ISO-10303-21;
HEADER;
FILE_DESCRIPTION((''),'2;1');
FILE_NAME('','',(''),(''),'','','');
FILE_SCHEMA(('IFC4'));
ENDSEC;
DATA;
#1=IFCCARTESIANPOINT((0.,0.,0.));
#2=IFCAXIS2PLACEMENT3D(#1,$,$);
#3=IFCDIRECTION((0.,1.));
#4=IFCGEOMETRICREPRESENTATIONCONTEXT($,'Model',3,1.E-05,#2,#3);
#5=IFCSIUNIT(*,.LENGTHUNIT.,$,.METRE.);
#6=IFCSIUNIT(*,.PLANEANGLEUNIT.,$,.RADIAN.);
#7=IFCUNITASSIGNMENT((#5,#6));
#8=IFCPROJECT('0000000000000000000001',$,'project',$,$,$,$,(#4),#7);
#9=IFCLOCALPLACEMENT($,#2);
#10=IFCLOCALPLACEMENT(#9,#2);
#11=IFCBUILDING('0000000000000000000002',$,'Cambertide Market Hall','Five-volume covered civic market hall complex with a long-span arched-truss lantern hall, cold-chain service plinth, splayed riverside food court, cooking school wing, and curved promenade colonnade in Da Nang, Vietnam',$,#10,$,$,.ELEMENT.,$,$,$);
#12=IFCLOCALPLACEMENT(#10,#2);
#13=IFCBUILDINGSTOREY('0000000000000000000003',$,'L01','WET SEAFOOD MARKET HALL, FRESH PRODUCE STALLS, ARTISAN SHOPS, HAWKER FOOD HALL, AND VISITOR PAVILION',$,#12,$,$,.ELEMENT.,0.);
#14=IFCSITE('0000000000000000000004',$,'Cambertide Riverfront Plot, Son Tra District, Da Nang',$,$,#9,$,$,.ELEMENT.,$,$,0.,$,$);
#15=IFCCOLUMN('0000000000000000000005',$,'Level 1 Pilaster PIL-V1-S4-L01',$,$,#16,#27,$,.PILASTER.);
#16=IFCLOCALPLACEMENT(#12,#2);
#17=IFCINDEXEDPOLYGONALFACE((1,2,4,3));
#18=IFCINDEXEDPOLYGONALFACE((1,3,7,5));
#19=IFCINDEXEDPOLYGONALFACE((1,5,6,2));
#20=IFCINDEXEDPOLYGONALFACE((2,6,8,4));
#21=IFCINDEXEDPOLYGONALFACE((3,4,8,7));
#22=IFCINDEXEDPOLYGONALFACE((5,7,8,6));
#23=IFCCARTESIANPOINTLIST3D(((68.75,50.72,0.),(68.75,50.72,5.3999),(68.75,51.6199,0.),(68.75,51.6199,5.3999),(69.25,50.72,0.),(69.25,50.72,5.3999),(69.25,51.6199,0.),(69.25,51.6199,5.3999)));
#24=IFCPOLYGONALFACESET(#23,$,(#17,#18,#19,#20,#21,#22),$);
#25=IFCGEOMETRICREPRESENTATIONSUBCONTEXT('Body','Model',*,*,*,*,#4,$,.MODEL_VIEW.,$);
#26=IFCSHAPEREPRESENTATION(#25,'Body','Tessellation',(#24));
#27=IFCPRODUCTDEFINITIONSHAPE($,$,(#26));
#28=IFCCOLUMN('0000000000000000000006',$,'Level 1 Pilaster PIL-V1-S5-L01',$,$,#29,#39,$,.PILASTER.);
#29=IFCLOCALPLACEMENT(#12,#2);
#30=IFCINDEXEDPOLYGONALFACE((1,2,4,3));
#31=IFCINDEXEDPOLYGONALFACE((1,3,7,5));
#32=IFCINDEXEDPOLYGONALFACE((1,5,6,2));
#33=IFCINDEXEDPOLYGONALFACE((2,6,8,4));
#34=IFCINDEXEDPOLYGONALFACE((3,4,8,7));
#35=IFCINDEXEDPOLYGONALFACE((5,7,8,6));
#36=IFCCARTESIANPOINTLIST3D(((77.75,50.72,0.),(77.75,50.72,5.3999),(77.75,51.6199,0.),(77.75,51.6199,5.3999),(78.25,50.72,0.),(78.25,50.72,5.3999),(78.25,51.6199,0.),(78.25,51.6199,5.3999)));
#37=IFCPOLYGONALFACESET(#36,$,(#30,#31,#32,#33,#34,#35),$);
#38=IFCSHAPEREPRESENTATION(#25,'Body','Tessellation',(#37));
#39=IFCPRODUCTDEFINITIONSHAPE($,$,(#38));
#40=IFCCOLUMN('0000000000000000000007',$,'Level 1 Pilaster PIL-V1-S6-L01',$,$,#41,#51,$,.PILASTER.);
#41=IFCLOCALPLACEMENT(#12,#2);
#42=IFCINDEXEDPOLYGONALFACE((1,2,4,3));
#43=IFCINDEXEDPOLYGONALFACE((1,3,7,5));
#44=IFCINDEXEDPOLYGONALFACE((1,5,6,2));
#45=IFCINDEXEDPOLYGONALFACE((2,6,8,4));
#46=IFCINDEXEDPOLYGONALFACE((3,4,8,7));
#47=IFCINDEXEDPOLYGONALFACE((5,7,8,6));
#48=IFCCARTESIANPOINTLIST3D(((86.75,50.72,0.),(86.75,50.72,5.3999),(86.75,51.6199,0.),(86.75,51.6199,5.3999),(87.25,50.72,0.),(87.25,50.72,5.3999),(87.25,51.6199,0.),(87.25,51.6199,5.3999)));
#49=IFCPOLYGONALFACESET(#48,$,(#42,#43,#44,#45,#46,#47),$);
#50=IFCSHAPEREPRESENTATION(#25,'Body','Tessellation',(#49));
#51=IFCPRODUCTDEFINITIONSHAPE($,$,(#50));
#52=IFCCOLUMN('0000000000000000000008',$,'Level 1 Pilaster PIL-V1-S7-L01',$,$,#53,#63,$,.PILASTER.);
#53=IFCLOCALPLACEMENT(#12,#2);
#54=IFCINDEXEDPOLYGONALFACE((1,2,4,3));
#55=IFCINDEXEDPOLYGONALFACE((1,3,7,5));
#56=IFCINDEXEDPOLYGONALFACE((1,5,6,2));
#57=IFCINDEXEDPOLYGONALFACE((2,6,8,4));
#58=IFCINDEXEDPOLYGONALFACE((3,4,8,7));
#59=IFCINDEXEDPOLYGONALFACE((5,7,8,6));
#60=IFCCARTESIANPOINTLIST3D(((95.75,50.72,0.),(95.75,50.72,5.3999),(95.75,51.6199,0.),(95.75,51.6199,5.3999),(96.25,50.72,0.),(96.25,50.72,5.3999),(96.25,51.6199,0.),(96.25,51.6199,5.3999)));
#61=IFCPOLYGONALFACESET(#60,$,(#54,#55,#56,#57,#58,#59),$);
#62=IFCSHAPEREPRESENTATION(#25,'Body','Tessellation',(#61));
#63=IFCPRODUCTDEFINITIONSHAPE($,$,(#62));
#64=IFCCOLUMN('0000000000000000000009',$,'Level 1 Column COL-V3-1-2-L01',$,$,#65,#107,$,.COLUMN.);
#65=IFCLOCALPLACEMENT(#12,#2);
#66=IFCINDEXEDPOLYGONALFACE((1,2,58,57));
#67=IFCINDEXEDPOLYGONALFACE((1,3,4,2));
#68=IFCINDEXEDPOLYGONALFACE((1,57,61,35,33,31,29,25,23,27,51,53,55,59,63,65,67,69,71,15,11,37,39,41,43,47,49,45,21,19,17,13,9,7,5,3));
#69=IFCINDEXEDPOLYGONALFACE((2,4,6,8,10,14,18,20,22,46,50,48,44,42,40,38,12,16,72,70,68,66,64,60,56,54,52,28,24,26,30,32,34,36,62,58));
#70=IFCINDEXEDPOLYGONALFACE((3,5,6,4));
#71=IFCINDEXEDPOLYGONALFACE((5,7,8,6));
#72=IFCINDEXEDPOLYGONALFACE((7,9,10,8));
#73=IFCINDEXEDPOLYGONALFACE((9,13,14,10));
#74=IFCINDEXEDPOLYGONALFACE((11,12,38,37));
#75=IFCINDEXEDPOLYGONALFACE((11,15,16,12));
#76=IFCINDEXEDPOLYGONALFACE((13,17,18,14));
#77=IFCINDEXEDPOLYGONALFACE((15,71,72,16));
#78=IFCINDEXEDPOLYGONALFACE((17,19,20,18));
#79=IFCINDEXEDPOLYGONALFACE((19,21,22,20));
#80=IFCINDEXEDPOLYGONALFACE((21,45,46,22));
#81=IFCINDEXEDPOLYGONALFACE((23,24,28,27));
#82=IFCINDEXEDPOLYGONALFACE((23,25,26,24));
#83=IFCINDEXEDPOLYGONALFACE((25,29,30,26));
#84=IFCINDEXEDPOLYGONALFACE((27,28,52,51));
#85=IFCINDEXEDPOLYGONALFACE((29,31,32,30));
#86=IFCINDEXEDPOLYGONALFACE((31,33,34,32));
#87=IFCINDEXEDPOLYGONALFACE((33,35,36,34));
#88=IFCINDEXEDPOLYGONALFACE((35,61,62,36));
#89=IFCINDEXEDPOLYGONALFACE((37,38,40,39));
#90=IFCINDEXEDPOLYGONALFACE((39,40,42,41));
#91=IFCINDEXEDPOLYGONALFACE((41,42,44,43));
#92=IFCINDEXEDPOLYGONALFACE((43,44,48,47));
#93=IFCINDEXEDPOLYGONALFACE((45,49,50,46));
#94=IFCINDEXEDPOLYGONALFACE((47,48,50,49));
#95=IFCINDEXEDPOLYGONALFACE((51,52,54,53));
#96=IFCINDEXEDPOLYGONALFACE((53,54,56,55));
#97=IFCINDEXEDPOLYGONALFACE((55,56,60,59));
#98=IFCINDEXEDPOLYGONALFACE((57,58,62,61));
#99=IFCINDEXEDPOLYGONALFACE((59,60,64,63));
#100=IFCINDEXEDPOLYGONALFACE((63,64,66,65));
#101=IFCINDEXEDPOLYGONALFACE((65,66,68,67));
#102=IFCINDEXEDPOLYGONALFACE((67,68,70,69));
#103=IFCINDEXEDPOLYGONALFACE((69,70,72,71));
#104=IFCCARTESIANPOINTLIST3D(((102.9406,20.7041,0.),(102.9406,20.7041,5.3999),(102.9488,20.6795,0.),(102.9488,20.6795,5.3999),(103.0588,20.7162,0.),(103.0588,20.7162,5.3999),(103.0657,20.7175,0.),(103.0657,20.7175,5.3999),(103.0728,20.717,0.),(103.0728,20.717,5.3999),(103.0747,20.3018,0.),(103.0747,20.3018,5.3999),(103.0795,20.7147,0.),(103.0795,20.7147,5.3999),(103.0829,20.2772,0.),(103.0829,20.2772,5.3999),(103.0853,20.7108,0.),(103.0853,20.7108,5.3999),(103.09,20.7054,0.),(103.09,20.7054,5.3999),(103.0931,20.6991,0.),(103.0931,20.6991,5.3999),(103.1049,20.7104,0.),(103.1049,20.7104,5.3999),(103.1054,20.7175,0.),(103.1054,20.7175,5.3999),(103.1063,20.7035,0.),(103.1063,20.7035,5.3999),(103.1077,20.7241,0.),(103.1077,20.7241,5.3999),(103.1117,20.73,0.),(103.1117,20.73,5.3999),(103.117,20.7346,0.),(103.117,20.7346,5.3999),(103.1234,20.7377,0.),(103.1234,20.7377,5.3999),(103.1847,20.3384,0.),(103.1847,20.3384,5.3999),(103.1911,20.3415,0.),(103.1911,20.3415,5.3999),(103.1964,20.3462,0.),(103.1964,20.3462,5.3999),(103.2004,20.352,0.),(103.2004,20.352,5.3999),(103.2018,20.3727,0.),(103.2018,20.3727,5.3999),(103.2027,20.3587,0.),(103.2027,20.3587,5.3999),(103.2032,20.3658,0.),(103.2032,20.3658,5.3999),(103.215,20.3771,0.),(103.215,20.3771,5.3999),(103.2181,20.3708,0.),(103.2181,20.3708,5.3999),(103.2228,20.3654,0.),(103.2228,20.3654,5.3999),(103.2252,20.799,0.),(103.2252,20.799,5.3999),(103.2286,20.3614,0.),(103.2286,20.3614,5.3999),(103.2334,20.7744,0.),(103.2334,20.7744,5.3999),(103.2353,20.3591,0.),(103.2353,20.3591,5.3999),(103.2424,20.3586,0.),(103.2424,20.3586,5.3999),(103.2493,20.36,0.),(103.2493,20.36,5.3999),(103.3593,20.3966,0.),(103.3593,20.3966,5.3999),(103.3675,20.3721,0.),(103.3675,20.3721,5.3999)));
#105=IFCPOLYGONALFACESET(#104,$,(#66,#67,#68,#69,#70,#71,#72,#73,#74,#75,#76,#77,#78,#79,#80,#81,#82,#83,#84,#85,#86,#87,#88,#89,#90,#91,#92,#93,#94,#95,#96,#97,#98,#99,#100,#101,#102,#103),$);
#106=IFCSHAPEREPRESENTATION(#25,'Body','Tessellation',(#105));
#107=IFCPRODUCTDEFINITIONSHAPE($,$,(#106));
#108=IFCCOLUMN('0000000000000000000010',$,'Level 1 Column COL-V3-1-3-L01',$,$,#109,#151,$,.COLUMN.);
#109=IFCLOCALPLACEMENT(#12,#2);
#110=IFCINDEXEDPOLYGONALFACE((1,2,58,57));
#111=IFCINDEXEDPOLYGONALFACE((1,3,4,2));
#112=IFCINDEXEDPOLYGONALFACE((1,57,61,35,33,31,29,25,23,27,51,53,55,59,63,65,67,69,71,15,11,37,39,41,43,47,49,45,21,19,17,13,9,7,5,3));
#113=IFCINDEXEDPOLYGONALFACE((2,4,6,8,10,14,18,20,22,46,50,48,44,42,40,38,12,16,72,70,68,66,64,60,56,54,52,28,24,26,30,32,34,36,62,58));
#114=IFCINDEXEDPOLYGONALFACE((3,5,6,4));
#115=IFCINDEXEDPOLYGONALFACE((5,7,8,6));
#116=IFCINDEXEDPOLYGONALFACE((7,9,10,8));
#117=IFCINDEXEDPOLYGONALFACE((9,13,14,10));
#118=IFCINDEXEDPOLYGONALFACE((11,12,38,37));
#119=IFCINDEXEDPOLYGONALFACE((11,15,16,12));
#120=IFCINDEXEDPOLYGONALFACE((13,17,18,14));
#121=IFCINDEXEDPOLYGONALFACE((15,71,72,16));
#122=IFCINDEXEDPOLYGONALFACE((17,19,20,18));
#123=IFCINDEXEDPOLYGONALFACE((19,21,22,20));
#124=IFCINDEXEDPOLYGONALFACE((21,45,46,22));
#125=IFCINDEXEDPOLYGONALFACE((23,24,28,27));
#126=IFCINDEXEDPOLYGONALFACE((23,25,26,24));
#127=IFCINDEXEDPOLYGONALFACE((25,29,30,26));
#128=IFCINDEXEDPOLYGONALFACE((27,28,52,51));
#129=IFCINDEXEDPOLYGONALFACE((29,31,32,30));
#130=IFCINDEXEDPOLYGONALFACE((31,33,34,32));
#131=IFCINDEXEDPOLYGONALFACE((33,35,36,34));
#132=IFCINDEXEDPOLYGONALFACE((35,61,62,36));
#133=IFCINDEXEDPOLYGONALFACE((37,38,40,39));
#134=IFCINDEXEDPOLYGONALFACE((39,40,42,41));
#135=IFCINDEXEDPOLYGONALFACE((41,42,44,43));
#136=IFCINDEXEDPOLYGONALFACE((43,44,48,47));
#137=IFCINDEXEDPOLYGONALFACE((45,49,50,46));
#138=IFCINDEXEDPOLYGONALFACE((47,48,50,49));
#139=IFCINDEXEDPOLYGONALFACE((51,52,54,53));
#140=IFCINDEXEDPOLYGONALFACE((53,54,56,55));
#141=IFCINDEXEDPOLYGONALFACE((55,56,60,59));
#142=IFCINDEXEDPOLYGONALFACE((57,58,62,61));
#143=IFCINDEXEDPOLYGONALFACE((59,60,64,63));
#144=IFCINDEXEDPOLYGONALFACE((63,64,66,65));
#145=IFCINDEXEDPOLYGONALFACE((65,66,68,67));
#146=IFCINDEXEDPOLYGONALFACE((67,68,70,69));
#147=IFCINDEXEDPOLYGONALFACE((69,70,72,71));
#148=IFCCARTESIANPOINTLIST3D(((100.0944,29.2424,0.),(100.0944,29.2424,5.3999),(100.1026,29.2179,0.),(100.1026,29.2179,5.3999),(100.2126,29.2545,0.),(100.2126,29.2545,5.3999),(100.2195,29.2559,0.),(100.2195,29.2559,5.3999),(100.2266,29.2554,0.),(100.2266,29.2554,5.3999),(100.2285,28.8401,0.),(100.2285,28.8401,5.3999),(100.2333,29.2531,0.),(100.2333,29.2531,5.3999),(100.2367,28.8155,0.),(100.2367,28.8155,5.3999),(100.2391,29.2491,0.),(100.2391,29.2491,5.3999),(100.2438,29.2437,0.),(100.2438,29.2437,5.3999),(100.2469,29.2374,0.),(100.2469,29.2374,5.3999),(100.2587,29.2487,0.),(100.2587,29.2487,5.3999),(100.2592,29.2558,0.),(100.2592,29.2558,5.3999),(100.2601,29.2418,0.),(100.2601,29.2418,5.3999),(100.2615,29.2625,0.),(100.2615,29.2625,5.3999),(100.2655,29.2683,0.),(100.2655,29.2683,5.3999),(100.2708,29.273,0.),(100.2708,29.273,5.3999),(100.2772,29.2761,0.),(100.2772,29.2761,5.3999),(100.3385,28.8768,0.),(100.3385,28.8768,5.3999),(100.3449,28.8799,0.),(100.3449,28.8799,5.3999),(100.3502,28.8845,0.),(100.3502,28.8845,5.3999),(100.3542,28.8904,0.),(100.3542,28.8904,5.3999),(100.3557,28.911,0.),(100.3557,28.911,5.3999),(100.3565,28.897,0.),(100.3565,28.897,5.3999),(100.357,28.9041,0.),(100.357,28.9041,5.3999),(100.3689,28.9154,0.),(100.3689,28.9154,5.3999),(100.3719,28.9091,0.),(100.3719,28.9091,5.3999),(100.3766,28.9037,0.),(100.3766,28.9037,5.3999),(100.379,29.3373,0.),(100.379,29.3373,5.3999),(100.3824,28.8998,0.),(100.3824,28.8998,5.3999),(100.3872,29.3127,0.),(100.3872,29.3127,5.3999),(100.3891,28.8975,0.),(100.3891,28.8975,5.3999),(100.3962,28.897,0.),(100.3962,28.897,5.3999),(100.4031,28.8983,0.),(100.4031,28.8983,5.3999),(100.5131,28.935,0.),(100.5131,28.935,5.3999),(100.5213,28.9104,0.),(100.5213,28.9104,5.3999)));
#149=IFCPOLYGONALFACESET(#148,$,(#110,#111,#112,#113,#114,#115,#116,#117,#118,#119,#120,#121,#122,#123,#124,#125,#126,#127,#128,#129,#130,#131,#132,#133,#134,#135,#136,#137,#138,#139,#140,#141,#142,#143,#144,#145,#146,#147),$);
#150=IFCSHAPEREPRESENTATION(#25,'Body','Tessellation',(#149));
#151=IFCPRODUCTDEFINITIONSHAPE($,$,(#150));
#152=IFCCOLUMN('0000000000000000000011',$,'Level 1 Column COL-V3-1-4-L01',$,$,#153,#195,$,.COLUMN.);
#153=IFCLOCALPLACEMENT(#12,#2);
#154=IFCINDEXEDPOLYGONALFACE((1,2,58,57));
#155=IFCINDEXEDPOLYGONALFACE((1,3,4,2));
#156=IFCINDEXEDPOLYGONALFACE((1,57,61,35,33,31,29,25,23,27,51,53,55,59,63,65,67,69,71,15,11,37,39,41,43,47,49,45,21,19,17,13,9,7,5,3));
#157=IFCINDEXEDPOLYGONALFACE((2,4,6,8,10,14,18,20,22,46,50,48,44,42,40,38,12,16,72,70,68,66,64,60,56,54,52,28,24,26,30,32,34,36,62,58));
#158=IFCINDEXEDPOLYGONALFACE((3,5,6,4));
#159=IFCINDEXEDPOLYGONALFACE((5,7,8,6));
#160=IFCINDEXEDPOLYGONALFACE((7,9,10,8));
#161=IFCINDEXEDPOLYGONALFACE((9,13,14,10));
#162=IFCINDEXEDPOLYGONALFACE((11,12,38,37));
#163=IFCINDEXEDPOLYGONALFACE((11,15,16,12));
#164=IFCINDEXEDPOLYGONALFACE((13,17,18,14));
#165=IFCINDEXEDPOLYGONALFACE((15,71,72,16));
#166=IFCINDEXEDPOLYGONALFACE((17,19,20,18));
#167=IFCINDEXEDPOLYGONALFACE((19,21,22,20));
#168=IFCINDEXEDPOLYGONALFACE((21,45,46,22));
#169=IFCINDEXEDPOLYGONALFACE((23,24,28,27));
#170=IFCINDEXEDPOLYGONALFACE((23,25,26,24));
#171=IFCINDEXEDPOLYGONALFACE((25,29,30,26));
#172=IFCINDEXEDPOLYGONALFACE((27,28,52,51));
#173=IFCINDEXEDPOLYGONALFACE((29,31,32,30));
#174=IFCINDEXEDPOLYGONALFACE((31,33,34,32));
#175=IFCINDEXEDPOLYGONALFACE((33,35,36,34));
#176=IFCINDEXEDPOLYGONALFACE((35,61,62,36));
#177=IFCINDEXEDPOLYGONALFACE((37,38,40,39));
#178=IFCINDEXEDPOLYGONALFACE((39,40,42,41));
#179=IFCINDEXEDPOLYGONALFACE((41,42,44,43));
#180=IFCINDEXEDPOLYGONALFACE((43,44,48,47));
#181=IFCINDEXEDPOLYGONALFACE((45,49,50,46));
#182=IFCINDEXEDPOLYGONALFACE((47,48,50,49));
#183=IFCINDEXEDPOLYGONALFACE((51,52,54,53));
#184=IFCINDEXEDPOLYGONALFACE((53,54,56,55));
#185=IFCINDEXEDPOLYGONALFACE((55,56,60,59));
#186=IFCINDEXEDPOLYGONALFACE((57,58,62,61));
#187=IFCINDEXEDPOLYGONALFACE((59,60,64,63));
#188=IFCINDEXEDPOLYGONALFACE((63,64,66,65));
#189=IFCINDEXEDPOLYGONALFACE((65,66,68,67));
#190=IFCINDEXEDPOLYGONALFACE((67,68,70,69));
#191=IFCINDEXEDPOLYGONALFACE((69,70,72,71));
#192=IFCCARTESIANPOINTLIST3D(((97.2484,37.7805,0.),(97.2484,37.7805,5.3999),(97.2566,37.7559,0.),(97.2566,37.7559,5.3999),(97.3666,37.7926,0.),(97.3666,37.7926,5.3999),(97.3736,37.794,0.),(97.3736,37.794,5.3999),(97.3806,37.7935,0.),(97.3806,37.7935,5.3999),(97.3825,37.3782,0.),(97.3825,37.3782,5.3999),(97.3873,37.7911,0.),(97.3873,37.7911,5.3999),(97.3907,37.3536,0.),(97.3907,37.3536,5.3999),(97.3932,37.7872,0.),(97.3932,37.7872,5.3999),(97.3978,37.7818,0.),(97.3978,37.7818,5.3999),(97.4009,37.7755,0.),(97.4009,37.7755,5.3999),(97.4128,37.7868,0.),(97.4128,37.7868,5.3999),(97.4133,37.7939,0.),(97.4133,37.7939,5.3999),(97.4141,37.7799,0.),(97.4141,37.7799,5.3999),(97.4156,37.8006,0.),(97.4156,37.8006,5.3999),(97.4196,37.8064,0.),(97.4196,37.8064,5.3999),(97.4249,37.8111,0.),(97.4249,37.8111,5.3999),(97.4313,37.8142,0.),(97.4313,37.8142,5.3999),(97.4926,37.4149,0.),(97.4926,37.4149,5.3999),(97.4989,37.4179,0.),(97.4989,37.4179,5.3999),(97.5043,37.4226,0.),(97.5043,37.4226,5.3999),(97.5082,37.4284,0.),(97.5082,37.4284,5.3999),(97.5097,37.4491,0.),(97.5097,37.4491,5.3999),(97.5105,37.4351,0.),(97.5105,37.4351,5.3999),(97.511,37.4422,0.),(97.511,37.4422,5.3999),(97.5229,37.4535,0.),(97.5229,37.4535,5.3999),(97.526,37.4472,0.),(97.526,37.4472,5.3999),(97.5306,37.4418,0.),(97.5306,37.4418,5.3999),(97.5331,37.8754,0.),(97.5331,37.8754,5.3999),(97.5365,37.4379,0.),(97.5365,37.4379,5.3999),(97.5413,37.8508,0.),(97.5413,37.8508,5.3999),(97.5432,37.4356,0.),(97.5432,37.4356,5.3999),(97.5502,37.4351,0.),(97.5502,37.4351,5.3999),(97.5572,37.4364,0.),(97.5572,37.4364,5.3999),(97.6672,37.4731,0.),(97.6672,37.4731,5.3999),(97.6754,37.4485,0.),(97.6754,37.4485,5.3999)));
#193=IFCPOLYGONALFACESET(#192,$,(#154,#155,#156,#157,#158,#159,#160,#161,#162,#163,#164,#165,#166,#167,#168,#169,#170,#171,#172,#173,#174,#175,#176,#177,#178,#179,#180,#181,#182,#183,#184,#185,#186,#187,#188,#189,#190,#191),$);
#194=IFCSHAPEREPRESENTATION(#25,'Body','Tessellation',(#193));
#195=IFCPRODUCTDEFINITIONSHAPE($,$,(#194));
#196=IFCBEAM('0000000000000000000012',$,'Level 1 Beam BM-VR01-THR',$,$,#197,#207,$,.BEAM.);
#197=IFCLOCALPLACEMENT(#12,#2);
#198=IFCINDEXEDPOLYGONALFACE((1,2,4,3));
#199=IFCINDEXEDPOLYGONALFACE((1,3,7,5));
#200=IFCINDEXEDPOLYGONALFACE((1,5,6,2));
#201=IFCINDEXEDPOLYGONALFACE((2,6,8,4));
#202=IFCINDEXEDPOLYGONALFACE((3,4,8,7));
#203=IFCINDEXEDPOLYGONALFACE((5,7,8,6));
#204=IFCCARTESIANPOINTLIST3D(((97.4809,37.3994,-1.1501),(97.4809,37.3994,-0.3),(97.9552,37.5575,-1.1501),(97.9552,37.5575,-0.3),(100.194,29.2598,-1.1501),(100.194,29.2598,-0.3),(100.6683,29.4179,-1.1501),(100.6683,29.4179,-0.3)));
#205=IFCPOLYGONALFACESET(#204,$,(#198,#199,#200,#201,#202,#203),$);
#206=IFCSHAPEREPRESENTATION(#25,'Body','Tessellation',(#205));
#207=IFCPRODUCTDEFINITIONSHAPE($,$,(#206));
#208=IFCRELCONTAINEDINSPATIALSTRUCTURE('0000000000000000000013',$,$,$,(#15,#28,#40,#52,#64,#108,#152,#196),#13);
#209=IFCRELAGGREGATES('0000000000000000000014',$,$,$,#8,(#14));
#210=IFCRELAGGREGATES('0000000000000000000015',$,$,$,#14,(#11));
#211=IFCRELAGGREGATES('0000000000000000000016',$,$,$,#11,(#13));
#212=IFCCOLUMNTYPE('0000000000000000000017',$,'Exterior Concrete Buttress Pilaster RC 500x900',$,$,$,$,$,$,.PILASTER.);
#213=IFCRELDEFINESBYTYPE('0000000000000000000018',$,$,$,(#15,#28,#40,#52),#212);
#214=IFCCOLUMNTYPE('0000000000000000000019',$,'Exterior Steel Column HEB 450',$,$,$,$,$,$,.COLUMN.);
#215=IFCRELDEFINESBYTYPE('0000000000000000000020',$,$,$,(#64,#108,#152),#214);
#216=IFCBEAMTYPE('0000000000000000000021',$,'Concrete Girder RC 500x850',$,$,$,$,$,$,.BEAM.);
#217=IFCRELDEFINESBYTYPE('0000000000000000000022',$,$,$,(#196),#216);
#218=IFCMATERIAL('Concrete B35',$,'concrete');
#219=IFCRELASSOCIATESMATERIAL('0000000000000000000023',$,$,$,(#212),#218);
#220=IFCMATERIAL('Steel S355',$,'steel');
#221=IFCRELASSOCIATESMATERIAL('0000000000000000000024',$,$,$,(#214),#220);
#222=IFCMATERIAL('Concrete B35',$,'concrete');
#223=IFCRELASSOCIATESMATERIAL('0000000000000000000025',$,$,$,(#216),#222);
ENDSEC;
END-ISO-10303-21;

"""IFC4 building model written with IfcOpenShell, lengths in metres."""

from ifc_helpers import new_model, si_unit, direction, frame, origin, origin_2d, place, context, subcontext, project, spatial, rectangle, i_section, extrude, material, material_profile, profile_set, type_object, element, save


model = new_model("IFC4")

# Units and contexts
model_context = context("Model", 3, precision=1e-05, world=origin(), true_north=direction((0.0, 1.0)))
body_context = subcontext(model_context, "Body", "Model", "MODEL_VIEW")
ifc_project = project(units=[si_unit("LENGTHUNIT", "METRE"), si_unit("PLANEANGLEUNIT", "RADIAN")], contexts=[model_context])

# Site, building, storey
site_placement = place(None, origin())
site = spatial("IfcSite", under=ifc_project, at=site_placement, Name="Cambertide Riverfront Plot, Son Tra District, Da Nang", CompositionType="ELEMENT", RefElevation=0.0)
building_placement = place(site_placement, origin())
building = spatial("IfcBuilding", under=site, at=building_placement, Name="Cambertide Market Hall", Description="Five-volume covered civic market hall complex with a long-span arched-truss lantern hall, cold-chain service plinth, splayed riverside food court, cooking school wing, and curved promenade colonnade in Da Nang, Vietnam", CompositionType="ELEMENT")
storey_placement = place(building_placement, origin())
storey = spatial("IfcBuildingStorey", under=building, at=storey_placement, Name="L01", Description="WET SEAFOOD MARKET HALL, FRESH PRODUCE STALLS, ARTISAN SHOPS, HAWKER FOOD HALL, AND VISITOR PAVILION", CompositionType="ELEMENT", Elevation=0.0)

# Columns
ifc_material_1 = material(Name="Concrete B35", Category="concrete")
ifc_material_profile_1 = material_profile(ifc_material_1, rectangle(XDim=0.5, YDim=0.8999, at=origin_2d()), Name="RC 500x900")
ifc_profile_set_1 = profile_set([ifc_material_profile_1], Name="Concrete B35")
column_type_1 = type_object("IfcColumnType", Name="Exterior Concrete Buttress Pilaster RC 500x900", PredefinedType="PILASTER", material=ifc_profile_set_1)
for number, where, z_axis, x_axis, name in (
    (1, (69.0, 51.1699, 0.0), (0.0, 0.0, 1.0), (1.0, 0.0, 0.0), "Level 1 Pilaster PIL-V1-S4-L01"),
    (2, (78.0, 51.1699, 0.0), (0.0, 0.0, 1.0), (1.0, 0.0, 0.0), "Level 1 Pilaster PIL-V1-S5-L01"),
    (3, (87.0, 51.1699, 0.0), (0.0, 0.0, 1.0), (1.0, 0.0, 0.0), "Level 1 Pilaster PIL-V1-S6-L01"),
    (4, (96.0, 51.1699, 0.0), (0.0, 0.0, 1.0), (1.0, 0.0, 0.0), "Level 1 Pilaster PIL-V1-S7-L01"),
):
    element("IfcColumn", number, at=place(storey_placement, frame(where, z_axis=z_axis, x_axis=x_axis)), inside=storey, type_object=column_type_1, Name=name, PredefinedType="PILASTER", context=body_context, shape_type="SweptSolid", body=[
        extrude(rectangle(XDim=0.5, YDim=0.8999, at=origin_2d()), origin(), (0.0, 0.0, 1.0), 5.3999),
    ])
ifc_material_2 = material(Name="Steel S355", Category="steel")
ifc_material_profile_2 = material_profile(ifc_material_2, i_section(OverallWidth=0.3, OverallDepth=0.45, WebThickness=0.0139, FlangeThickness=0.0259, FilletRadius=0.0271, at=origin_2d()), Name="HEB 450")
ifc_profile_set_2 = profile_set([ifc_material_profile_2], Name="Steel S355")
column_type_2 = type_object("IfcColumnType", Name="Exterior Steel Column HEB 450", PredefinedType="COLUMN", material=ifc_profile_set_2)
for number, where, z_axis, x_axis, name in (
    (5, (103.1541, 20.5381, 0.0), (0.0, 0.0, 1.0), (0.948683, 0.316228, 0.0), "Level 1 Column COL-V3-1-2-L01"),
    (6, (100.3079, 29.0764, 0.0), (0.0, 0.0, 1.0), (0.948683, 0.316228, 0.0), "Level 1 Column COL-V3-1-3-L01"),
    (7, (97.4619, 37.6145, 0.0), (0.0, 0.0, 1.0), (0.948683, 0.316228, 0.0), "Level 1 Column COL-V3-1-4-L01"),
):
    element("IfcColumn", number, at=place(storey_placement, frame(where, z_axis=z_axis, x_axis=x_axis)), inside=storey, type_object=column_type_2, Name=name, PredefinedType="COLUMN", context=body_context, shape_type="SweptSolid", body=[
        extrude(i_section(OverallWidth=0.3, OverallDepth=0.45, WebThickness=0.0139, FlangeThickness=0.0259, FilletRadius=0.0271, at=origin_2d()), origin(), (0.0, 0.0, 1.0), 5.3999),
    ])

# Beam
ifc_material_3 = material(Name="Concrete B35", Category="concrete")
ifc_material_profile_3 = material_profile(ifc_material_3, rectangle(XDim=0.5, YDim=0.8501, at=origin_2d()), Name="RC 500x850")
ifc_profile_set_3 = profile_set([ifc_material_profile_3], Name="Concrete B35")
beam_type_1 = type_object("IfcBeamType", Name="Concrete Girder RC 500x850", PredefinedType="BEAM", material=ifc_profile_set_3)
beam_1_placement = place(storey_placement, frame((100.4312, 29.3389, -0.7251), z_axis=(-0.316219, 0.948686, 0.0), x_axis=(-0.948686, -0.316219, 0.0)))
element("IfcBeam", 8, at=beam_1_placement, inside=storey, type_object=beam_type_1, Name="Level 1 Beam BM-VR01-THR", PredefinedType="BEAM", context=body_context, shape_type="SweptSolid", body=[
    extrude(rectangle(XDim=0.5, YDim=0.8501, at=origin_2d()), origin(), (0.0, 0.0, 1.0), 8.5798),
])

save(model, "model.ifc")
